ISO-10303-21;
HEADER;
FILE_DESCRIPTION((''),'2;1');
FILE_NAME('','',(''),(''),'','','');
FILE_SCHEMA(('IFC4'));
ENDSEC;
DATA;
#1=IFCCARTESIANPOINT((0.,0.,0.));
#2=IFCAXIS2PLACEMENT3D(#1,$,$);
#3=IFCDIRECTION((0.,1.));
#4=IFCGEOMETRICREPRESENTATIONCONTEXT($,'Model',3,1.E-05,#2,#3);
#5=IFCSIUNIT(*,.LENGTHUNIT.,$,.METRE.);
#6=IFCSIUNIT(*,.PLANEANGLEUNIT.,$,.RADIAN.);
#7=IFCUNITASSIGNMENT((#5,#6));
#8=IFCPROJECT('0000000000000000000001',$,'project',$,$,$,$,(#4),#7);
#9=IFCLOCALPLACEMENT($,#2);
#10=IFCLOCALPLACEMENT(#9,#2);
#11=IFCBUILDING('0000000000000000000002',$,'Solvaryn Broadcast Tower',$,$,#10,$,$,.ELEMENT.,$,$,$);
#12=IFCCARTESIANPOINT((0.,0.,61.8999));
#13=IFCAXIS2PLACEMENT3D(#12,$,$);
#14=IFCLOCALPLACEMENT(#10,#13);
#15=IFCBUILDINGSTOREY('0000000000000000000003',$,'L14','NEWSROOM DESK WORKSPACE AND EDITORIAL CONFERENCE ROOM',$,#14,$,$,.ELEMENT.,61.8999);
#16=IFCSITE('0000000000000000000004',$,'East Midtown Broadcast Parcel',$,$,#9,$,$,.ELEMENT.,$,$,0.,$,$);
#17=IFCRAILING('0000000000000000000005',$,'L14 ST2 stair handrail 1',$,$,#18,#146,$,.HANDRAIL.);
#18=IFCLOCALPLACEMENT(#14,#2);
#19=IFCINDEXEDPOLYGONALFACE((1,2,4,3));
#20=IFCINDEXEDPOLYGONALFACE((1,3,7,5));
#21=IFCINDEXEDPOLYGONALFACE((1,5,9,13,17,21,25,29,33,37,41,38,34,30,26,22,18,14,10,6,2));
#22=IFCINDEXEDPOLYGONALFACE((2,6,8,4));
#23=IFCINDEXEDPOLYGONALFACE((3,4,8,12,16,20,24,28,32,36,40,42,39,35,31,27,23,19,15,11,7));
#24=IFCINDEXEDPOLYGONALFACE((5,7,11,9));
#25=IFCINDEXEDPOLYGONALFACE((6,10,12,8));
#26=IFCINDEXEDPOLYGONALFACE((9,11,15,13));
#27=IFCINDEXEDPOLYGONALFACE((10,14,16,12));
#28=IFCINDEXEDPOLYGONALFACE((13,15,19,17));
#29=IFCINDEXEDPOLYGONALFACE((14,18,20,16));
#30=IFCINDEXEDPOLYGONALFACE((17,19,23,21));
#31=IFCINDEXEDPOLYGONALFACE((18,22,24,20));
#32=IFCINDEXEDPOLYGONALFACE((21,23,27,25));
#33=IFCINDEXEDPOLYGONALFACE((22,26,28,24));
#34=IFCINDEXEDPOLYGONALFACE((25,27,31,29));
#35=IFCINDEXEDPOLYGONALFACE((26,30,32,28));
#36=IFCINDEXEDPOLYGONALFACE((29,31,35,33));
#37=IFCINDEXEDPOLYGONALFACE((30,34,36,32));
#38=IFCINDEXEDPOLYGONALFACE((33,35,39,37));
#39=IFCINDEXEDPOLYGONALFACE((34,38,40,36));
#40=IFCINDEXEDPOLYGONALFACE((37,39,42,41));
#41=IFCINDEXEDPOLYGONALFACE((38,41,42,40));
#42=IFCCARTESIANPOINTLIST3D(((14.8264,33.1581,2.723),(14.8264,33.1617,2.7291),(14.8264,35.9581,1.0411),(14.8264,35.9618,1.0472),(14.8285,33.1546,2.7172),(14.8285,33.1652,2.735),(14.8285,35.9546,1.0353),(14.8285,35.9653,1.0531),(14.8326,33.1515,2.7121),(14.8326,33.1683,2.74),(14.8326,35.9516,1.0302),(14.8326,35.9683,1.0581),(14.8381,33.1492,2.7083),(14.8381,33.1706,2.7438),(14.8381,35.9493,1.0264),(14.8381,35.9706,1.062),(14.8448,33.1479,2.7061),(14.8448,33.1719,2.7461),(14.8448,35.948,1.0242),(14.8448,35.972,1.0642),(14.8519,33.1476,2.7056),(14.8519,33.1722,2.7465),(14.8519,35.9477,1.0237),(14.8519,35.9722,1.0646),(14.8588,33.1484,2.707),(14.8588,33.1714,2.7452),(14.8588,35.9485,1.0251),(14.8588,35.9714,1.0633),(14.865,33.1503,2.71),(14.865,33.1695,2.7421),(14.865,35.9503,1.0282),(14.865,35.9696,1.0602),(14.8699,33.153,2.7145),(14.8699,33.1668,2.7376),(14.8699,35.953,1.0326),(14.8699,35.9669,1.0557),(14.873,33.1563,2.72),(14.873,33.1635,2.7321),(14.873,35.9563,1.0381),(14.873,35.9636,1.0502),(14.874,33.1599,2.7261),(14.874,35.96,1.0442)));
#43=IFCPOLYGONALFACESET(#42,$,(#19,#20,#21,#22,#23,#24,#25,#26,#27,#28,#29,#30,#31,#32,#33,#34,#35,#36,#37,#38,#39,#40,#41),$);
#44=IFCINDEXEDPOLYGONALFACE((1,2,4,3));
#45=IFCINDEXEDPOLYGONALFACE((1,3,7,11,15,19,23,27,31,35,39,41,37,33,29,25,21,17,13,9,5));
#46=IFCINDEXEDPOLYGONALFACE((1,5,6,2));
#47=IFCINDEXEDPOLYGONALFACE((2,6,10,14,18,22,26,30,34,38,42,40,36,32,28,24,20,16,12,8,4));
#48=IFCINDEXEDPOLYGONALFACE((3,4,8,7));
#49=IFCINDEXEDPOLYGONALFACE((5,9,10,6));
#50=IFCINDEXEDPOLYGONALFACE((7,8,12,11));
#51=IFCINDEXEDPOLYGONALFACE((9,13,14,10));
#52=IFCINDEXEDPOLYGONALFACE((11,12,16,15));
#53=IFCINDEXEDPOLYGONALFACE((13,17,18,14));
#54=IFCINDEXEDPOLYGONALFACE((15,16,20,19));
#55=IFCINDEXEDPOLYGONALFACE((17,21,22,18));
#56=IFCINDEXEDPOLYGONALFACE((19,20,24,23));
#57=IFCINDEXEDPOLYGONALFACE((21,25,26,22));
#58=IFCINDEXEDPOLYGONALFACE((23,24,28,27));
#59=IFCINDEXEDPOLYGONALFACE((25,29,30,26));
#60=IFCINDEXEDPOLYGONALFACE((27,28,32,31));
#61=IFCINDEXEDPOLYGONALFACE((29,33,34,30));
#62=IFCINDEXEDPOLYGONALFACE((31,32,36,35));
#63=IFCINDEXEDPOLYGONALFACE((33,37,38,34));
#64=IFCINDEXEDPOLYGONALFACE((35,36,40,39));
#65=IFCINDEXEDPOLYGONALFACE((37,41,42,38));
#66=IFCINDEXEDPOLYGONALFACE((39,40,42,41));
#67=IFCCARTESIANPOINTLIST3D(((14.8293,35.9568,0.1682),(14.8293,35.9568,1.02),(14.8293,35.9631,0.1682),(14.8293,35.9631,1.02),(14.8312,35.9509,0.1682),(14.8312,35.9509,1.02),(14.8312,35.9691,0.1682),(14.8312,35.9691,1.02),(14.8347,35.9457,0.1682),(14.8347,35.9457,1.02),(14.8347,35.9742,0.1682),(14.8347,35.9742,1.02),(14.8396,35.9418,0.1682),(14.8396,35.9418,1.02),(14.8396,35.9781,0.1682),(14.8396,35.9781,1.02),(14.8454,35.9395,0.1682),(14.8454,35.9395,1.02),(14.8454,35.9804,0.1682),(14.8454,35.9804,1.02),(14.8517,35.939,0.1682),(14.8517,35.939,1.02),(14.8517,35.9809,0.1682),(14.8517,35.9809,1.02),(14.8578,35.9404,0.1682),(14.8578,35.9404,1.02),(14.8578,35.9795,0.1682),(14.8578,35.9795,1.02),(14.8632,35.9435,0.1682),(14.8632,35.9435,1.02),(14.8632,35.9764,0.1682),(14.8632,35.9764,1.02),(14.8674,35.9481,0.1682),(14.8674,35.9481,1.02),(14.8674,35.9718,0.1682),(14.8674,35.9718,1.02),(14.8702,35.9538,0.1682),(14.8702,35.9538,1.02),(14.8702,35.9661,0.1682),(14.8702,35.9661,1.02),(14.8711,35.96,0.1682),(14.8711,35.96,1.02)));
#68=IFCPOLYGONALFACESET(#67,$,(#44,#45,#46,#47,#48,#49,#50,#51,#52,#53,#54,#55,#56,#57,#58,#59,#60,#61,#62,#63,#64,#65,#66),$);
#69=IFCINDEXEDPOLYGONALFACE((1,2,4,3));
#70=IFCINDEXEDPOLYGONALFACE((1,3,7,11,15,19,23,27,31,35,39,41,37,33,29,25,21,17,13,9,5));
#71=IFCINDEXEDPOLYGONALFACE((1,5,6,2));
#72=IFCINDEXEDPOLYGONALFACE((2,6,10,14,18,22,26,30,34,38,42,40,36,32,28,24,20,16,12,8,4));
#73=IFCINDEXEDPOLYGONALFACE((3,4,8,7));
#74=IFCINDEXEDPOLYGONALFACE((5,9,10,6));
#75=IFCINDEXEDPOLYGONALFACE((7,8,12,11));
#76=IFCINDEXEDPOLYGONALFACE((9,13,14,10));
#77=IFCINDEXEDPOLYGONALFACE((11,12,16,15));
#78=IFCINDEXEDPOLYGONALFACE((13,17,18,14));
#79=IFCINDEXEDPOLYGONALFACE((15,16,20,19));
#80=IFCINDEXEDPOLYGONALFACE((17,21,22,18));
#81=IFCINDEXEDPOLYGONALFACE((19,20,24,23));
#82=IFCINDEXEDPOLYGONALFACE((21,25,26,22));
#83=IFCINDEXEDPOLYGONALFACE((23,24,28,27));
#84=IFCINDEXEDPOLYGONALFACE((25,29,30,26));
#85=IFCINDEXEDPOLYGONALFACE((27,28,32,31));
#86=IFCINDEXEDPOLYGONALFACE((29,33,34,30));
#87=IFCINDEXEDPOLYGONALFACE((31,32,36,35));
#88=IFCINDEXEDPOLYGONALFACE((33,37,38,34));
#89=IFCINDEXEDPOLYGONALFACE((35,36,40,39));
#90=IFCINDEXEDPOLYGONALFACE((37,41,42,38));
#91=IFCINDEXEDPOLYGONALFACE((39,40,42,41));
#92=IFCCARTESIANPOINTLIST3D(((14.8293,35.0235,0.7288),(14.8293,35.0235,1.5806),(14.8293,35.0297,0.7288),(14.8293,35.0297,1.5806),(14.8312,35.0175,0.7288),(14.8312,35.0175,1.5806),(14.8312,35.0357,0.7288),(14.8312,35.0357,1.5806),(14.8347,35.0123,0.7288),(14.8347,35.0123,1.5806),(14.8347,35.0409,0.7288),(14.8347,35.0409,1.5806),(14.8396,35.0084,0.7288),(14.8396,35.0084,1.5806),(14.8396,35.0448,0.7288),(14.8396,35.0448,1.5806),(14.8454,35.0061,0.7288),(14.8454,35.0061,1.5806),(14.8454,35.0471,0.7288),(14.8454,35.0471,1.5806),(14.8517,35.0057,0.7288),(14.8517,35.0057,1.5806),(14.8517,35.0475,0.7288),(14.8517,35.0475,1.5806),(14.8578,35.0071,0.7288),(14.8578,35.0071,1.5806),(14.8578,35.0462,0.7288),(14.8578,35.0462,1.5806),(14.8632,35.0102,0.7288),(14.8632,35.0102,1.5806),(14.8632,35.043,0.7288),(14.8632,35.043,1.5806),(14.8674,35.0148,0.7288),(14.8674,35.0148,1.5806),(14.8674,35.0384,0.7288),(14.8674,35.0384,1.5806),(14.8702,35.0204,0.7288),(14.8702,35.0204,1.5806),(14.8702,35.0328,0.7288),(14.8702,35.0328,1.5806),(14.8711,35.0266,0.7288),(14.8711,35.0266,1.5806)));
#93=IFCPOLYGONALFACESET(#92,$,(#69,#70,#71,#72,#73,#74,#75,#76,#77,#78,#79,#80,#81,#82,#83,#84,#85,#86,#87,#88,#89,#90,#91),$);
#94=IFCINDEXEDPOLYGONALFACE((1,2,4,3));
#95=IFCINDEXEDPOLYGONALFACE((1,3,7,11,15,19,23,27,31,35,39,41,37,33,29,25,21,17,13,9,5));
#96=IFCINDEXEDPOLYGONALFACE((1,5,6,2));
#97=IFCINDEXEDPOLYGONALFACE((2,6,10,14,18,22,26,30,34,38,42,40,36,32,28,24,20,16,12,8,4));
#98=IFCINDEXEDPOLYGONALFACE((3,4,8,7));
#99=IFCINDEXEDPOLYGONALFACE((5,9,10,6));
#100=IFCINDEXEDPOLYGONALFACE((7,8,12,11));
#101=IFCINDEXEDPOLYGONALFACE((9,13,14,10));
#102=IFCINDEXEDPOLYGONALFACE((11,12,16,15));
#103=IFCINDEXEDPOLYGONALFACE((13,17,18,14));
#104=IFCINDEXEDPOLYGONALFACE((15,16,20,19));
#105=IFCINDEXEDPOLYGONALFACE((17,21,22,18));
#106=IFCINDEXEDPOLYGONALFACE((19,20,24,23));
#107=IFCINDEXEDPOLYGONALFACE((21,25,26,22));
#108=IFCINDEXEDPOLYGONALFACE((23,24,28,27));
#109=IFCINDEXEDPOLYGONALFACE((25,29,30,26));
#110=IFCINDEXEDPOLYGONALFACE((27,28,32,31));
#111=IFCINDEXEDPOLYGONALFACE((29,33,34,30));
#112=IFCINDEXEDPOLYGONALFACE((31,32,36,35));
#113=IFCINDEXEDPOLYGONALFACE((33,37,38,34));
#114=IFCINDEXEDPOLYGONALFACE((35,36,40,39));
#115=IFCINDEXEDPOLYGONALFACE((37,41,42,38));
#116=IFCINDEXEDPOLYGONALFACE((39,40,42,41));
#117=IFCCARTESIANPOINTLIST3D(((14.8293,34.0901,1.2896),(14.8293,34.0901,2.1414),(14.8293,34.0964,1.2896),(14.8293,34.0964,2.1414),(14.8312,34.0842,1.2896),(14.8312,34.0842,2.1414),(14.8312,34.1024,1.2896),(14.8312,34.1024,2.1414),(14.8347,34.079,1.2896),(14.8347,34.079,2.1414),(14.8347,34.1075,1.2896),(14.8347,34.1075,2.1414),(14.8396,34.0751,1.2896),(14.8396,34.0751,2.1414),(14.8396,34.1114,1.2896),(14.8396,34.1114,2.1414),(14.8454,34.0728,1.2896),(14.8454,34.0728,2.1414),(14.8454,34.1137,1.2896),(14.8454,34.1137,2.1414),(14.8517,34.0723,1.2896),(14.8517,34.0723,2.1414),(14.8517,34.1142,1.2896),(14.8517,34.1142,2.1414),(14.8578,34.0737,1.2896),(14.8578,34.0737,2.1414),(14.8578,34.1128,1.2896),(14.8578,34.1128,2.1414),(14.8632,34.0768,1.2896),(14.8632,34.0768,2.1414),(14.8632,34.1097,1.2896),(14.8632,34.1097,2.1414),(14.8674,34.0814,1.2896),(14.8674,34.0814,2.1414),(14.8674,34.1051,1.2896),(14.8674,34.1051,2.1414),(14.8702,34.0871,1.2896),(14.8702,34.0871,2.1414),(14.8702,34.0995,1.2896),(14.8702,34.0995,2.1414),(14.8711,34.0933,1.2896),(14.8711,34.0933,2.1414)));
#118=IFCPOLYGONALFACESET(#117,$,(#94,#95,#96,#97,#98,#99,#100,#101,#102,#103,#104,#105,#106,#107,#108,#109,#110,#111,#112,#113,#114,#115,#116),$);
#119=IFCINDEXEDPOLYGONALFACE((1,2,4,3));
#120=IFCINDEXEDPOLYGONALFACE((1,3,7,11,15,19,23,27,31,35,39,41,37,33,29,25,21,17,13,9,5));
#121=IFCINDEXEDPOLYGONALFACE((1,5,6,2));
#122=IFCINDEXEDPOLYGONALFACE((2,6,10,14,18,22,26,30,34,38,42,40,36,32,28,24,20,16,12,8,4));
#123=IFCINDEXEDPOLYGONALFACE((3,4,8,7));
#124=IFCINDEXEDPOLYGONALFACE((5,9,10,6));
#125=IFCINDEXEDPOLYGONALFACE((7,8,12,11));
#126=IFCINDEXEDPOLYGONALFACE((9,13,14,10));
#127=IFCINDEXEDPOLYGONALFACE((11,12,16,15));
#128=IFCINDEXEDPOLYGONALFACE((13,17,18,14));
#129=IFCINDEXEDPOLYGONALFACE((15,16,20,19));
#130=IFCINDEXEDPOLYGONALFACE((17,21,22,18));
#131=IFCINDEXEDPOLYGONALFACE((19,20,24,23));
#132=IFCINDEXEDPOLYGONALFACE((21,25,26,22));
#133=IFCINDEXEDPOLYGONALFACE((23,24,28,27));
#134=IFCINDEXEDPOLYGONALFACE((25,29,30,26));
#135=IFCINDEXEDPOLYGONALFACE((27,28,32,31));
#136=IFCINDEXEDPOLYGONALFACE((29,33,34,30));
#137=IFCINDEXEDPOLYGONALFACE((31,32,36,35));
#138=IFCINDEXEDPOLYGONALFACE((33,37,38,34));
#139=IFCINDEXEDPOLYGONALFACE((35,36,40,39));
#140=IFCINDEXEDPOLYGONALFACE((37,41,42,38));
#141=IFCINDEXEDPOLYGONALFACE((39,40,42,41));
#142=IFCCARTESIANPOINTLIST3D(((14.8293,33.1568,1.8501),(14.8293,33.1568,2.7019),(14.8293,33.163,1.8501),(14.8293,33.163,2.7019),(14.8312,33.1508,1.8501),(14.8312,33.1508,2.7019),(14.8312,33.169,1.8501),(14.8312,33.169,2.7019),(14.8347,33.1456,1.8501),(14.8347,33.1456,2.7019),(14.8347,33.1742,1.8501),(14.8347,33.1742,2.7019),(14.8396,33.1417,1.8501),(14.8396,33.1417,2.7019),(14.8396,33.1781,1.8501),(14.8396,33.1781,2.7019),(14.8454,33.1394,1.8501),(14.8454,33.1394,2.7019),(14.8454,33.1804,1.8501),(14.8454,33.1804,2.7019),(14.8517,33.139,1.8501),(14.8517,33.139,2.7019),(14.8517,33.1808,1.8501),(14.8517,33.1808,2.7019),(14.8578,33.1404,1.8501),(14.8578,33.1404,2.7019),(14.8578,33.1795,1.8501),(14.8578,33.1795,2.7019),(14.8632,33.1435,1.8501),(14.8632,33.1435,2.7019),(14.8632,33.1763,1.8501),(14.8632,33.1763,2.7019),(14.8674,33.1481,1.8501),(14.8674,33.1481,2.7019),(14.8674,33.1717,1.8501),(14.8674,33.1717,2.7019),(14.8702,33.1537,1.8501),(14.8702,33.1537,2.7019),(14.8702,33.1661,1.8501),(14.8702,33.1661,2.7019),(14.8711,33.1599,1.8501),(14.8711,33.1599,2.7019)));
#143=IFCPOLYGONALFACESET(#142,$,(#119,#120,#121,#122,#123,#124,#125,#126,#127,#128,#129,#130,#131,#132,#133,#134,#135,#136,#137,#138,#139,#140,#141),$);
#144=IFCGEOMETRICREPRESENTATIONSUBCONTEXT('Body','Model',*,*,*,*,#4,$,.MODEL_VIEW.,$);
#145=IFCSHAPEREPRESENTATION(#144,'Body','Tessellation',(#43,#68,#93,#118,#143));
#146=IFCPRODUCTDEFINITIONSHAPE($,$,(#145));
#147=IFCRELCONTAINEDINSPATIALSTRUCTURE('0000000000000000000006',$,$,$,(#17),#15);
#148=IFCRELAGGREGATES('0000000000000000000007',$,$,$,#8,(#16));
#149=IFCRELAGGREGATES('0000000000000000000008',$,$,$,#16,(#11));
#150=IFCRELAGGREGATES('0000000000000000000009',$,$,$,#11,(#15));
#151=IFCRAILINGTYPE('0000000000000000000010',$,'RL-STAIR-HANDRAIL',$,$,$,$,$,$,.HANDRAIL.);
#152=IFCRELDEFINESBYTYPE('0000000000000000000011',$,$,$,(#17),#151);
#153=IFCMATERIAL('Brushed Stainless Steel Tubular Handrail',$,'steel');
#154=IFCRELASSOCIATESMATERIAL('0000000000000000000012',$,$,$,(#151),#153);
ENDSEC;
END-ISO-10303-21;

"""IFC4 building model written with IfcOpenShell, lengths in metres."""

from ifc_helpers import new_model, si_unit, direction, frame, origin, origin_2d, place, context, subcontext, project, spatial, circle, extrude, material, type_object, element, save


model = new_model("IFC4")

# Units and contexts
model_context = context("Model", 3, precision=1e-05, world=origin(), true_north=direction((0.0, 1.0)))
body_context = subcontext(model_context, "Body", "Model", "MODEL_VIEW")
ifc_project = project(units=[si_unit("LENGTHUNIT", "METRE"), si_unit("PLANEANGLEUNIT", "RADIAN")], contexts=[model_context])

# Site, building, storey
site_placement = place(None, origin())
site = spatial("IfcSite", under=ifc_project, at=site_placement, Name="East Midtown Broadcast Parcel", CompositionType="ELEMENT", RefElevation=0.0)
building_placement = place(site_placement, origin())
building = spatial("IfcBuilding", under=site, at=building_placement, Name="Solvaryn Broadcast Tower", CompositionType="ELEMENT")
storey_placement = place(building_placement, frame((0.0, 0.0, 61.8999)))
storey = spatial("IfcBuildingStorey", under=building, at=storey_placement, Name="L14", Description="NEWSROOM DESK WORKSPACE AND EDITORIAL CONFERENCE ROOM", CompositionType="ELEMENT", Elevation=61.8999)

# Railing
ifc_material_1 = material(Name="Brushed Stainless Steel Tubular Handrail", Category="steel")
railing_type_1 = type_object("IfcRailingType", Name="RL-STAIR-HANDRAIL", PredefinedType="HANDRAIL", material=ifc_material_1)
railing_1_placement = place(storey_placement, frame((14.8501, 35.96, 0.1682)))
element("IfcRailing", 1, at=railing_1_placement, inside=storey, type_object=railing_type_1, Name="L14 ST2 stair handrail 1", PredefinedType="HANDRAIL", context=body_context, shape_type="SweptSolid", body=[
    extrude(circle(Radius=0.0239, at=origin_2d()), frame((0.0, 0.0, 0.876), z_axis=(0.0, -0.857242, 0.514913), x_axis=(1.0, 0.0, 0.0)), (0.0, 0.0, 1.0), 3.2664),
    extrude(circle(Radius=0.021, at=origin_2d()), origin(), (0.0, 0.0, 1.0), 0.8518),
    extrude(circle(Radius=0.021, at=origin_2d()), frame((0.0, -0.9333, 0.5605)), (0.0, 0.0, 1.0), 0.8518),
    extrude(circle(Radius=0.021, at=origin_2d()), frame((0.0, -1.8667, 1.1213)), (0.0, 0.0, 1.0), 0.8518),
    extrude(circle(Radius=0.021, at=origin_2d()), frame((0.0, -2.8, 1.6819)), (0.0, 0.0, 1.0), 0.8518),
])

save(model, "model.ifc")
